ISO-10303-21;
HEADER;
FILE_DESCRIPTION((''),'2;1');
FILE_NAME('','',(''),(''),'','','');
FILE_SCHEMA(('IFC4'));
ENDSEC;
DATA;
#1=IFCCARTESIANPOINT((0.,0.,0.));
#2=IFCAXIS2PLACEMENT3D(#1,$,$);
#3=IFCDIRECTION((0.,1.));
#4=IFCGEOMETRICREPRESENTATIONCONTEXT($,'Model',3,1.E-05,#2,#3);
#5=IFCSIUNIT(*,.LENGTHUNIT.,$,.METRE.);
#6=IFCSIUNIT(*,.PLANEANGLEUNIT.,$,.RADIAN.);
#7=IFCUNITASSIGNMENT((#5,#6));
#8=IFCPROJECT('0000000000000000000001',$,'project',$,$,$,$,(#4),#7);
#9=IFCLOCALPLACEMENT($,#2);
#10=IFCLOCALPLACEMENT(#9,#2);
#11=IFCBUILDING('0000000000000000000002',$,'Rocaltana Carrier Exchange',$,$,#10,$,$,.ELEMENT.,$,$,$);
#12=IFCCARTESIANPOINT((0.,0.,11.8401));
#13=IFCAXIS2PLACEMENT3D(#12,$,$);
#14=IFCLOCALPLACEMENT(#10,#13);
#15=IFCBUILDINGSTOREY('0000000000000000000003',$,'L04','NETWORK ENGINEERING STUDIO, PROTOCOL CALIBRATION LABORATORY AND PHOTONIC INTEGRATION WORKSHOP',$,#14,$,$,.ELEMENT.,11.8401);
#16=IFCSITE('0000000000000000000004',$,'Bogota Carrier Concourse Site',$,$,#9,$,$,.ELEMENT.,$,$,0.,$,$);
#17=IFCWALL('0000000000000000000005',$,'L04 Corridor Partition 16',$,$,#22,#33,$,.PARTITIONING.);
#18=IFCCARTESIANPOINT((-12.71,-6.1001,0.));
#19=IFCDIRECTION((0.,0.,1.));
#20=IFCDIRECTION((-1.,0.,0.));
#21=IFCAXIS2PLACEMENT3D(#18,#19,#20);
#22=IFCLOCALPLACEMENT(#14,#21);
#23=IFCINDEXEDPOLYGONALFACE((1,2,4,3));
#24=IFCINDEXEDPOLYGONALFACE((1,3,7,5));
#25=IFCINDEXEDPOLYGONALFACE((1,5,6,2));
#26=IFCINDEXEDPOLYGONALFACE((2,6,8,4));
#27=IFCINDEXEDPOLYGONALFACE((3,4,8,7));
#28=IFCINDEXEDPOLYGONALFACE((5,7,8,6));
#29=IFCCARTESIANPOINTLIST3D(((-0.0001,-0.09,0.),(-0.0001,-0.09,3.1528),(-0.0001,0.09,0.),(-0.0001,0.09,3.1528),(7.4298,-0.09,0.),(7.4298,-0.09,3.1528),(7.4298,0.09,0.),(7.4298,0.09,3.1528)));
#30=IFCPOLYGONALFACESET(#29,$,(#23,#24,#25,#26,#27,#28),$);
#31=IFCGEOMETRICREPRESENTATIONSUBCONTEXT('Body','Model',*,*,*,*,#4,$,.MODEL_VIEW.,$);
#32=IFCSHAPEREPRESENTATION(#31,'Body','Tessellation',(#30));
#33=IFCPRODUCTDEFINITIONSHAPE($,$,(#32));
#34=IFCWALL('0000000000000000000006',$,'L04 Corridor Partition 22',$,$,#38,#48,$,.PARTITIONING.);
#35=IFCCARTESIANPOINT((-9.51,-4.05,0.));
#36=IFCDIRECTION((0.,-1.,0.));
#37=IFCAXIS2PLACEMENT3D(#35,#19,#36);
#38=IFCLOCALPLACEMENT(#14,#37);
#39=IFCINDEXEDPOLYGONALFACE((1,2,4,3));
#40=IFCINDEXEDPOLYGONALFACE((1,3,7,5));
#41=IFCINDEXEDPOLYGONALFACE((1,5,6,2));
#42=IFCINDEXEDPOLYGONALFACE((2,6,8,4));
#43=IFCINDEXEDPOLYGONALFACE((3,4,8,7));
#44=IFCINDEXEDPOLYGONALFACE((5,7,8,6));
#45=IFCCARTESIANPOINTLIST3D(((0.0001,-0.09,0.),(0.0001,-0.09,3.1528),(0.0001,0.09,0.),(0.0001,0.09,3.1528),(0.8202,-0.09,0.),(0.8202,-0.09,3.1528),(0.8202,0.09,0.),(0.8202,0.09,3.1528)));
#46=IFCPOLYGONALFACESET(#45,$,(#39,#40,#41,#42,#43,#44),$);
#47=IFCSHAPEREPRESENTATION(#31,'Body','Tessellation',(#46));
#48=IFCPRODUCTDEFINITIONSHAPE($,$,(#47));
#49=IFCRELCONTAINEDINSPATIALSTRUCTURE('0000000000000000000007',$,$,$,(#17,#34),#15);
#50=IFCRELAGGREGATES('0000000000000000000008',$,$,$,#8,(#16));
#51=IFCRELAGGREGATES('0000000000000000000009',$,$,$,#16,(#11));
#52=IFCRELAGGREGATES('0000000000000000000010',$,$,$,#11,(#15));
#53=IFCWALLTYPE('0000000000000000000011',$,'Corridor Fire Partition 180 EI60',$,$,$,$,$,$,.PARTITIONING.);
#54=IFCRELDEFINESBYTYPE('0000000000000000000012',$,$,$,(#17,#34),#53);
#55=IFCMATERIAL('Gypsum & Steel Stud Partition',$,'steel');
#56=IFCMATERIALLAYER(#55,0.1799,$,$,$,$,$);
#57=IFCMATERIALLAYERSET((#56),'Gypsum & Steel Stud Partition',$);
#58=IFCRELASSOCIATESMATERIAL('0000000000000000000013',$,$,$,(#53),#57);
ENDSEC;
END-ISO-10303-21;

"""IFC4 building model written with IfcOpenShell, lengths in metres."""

from ifc_helpers import new_model, si_unit, direction, frame, frame_2d, origin, place, context, subcontext, project, spatial, rectangle, extrude, material, layer, layer_set, type_object, element, save


model = new_model("IFC4")

# Units and contexts
model_context = context("Model", 3, precision=1e-05, world=origin(), true_north=direction((0.0, 1.0)))
body_context = subcontext(model_context, "Body", "Model", "MODEL_VIEW")
ifc_project = project(units=[si_unit("LENGTHUNIT", "METRE"), si_unit("PLANEANGLEUNIT", "RADIAN")], contexts=[model_context])

# Site, building, storey
site_placement = place(None, origin())
site = spatial("IfcSite", under=ifc_project, at=site_placement, Name="Bogota Carrier Concourse Site", CompositionType="ELEMENT", RefElevation=0.0)
building_placement = place(site_placement, origin())
building = spatial("IfcBuilding", under=site, at=building_placement, Name="Rocaltana Carrier Exchange", CompositionType="ELEMENT")
storey_placement = place(building_placement, frame((0.0, 0.0, 11.8401)))
storey = spatial("IfcBuildingStorey", under=building, at=storey_placement, Name="L04", Description="NETWORK ENGINEERING STUDIO, PROTOCOL CALIBRATION LABORATORY AND PHOTONIC INTEGRATION WORKSHOP", CompositionType="ELEMENT", Elevation=11.8401)

# Walls
ifc_material_1 = material(Name="Gypsum & Steel Stud Partition", Category="steel")
ifc_layer_1 = layer(ifc_material_1, 0.1799)
ifc_layer_set_1 = layer_set([ifc_layer_1], Name="Gypsum & Steel Stud Partition")
wall_type_1 = type_object("IfcWallType", Name="Corridor Fire Partition 180 EI60", PredefinedType="PARTITIONING", material=ifc_layer_set_1)
wall_1_placement = place(storey_placement, frame((-12.71, -6.1001, 0.0), z_axis=(0.0, 0.0, 1.0), x_axis=(-1.0, 0.0, 0.0)))
element("IfcWall", 1, at=wall_1_placement, inside=storey, type_object=wall_type_1, Name="L04 Corridor Partition 16", PredefinedType="PARTITIONING", context=body_context, shape_type="SweptSolid", body=[
    extrude(rectangle(XDim=7.4299, YDim=0.1799, at=frame_2d((3.7148, 0.0))), origin(), (0.0, 0.0, 1.0), 3.1528),
])
wall_2_placement = place(storey_placement, frame((-9.51, -4.05, 0.0), z_axis=(0.0, 0.0, 1.0), x_axis=(0.0, -1.0, 0.0)))
element("IfcWall", 2, at=wall_2_placement, inside=storey, type_object=wall_type_1, Name="L04 Corridor Partition 22", PredefinedType="PARTITIONING", context=body_context, shape_type="SweptSolid", body=[
    extrude(rectangle(XDim=0.8201, YDim=0.1799, at=frame_2d((0.4102, 0.0))), origin(), (0.0, 0.0, 1.0), 3.1528),
])

save(model, "model.ifc")
